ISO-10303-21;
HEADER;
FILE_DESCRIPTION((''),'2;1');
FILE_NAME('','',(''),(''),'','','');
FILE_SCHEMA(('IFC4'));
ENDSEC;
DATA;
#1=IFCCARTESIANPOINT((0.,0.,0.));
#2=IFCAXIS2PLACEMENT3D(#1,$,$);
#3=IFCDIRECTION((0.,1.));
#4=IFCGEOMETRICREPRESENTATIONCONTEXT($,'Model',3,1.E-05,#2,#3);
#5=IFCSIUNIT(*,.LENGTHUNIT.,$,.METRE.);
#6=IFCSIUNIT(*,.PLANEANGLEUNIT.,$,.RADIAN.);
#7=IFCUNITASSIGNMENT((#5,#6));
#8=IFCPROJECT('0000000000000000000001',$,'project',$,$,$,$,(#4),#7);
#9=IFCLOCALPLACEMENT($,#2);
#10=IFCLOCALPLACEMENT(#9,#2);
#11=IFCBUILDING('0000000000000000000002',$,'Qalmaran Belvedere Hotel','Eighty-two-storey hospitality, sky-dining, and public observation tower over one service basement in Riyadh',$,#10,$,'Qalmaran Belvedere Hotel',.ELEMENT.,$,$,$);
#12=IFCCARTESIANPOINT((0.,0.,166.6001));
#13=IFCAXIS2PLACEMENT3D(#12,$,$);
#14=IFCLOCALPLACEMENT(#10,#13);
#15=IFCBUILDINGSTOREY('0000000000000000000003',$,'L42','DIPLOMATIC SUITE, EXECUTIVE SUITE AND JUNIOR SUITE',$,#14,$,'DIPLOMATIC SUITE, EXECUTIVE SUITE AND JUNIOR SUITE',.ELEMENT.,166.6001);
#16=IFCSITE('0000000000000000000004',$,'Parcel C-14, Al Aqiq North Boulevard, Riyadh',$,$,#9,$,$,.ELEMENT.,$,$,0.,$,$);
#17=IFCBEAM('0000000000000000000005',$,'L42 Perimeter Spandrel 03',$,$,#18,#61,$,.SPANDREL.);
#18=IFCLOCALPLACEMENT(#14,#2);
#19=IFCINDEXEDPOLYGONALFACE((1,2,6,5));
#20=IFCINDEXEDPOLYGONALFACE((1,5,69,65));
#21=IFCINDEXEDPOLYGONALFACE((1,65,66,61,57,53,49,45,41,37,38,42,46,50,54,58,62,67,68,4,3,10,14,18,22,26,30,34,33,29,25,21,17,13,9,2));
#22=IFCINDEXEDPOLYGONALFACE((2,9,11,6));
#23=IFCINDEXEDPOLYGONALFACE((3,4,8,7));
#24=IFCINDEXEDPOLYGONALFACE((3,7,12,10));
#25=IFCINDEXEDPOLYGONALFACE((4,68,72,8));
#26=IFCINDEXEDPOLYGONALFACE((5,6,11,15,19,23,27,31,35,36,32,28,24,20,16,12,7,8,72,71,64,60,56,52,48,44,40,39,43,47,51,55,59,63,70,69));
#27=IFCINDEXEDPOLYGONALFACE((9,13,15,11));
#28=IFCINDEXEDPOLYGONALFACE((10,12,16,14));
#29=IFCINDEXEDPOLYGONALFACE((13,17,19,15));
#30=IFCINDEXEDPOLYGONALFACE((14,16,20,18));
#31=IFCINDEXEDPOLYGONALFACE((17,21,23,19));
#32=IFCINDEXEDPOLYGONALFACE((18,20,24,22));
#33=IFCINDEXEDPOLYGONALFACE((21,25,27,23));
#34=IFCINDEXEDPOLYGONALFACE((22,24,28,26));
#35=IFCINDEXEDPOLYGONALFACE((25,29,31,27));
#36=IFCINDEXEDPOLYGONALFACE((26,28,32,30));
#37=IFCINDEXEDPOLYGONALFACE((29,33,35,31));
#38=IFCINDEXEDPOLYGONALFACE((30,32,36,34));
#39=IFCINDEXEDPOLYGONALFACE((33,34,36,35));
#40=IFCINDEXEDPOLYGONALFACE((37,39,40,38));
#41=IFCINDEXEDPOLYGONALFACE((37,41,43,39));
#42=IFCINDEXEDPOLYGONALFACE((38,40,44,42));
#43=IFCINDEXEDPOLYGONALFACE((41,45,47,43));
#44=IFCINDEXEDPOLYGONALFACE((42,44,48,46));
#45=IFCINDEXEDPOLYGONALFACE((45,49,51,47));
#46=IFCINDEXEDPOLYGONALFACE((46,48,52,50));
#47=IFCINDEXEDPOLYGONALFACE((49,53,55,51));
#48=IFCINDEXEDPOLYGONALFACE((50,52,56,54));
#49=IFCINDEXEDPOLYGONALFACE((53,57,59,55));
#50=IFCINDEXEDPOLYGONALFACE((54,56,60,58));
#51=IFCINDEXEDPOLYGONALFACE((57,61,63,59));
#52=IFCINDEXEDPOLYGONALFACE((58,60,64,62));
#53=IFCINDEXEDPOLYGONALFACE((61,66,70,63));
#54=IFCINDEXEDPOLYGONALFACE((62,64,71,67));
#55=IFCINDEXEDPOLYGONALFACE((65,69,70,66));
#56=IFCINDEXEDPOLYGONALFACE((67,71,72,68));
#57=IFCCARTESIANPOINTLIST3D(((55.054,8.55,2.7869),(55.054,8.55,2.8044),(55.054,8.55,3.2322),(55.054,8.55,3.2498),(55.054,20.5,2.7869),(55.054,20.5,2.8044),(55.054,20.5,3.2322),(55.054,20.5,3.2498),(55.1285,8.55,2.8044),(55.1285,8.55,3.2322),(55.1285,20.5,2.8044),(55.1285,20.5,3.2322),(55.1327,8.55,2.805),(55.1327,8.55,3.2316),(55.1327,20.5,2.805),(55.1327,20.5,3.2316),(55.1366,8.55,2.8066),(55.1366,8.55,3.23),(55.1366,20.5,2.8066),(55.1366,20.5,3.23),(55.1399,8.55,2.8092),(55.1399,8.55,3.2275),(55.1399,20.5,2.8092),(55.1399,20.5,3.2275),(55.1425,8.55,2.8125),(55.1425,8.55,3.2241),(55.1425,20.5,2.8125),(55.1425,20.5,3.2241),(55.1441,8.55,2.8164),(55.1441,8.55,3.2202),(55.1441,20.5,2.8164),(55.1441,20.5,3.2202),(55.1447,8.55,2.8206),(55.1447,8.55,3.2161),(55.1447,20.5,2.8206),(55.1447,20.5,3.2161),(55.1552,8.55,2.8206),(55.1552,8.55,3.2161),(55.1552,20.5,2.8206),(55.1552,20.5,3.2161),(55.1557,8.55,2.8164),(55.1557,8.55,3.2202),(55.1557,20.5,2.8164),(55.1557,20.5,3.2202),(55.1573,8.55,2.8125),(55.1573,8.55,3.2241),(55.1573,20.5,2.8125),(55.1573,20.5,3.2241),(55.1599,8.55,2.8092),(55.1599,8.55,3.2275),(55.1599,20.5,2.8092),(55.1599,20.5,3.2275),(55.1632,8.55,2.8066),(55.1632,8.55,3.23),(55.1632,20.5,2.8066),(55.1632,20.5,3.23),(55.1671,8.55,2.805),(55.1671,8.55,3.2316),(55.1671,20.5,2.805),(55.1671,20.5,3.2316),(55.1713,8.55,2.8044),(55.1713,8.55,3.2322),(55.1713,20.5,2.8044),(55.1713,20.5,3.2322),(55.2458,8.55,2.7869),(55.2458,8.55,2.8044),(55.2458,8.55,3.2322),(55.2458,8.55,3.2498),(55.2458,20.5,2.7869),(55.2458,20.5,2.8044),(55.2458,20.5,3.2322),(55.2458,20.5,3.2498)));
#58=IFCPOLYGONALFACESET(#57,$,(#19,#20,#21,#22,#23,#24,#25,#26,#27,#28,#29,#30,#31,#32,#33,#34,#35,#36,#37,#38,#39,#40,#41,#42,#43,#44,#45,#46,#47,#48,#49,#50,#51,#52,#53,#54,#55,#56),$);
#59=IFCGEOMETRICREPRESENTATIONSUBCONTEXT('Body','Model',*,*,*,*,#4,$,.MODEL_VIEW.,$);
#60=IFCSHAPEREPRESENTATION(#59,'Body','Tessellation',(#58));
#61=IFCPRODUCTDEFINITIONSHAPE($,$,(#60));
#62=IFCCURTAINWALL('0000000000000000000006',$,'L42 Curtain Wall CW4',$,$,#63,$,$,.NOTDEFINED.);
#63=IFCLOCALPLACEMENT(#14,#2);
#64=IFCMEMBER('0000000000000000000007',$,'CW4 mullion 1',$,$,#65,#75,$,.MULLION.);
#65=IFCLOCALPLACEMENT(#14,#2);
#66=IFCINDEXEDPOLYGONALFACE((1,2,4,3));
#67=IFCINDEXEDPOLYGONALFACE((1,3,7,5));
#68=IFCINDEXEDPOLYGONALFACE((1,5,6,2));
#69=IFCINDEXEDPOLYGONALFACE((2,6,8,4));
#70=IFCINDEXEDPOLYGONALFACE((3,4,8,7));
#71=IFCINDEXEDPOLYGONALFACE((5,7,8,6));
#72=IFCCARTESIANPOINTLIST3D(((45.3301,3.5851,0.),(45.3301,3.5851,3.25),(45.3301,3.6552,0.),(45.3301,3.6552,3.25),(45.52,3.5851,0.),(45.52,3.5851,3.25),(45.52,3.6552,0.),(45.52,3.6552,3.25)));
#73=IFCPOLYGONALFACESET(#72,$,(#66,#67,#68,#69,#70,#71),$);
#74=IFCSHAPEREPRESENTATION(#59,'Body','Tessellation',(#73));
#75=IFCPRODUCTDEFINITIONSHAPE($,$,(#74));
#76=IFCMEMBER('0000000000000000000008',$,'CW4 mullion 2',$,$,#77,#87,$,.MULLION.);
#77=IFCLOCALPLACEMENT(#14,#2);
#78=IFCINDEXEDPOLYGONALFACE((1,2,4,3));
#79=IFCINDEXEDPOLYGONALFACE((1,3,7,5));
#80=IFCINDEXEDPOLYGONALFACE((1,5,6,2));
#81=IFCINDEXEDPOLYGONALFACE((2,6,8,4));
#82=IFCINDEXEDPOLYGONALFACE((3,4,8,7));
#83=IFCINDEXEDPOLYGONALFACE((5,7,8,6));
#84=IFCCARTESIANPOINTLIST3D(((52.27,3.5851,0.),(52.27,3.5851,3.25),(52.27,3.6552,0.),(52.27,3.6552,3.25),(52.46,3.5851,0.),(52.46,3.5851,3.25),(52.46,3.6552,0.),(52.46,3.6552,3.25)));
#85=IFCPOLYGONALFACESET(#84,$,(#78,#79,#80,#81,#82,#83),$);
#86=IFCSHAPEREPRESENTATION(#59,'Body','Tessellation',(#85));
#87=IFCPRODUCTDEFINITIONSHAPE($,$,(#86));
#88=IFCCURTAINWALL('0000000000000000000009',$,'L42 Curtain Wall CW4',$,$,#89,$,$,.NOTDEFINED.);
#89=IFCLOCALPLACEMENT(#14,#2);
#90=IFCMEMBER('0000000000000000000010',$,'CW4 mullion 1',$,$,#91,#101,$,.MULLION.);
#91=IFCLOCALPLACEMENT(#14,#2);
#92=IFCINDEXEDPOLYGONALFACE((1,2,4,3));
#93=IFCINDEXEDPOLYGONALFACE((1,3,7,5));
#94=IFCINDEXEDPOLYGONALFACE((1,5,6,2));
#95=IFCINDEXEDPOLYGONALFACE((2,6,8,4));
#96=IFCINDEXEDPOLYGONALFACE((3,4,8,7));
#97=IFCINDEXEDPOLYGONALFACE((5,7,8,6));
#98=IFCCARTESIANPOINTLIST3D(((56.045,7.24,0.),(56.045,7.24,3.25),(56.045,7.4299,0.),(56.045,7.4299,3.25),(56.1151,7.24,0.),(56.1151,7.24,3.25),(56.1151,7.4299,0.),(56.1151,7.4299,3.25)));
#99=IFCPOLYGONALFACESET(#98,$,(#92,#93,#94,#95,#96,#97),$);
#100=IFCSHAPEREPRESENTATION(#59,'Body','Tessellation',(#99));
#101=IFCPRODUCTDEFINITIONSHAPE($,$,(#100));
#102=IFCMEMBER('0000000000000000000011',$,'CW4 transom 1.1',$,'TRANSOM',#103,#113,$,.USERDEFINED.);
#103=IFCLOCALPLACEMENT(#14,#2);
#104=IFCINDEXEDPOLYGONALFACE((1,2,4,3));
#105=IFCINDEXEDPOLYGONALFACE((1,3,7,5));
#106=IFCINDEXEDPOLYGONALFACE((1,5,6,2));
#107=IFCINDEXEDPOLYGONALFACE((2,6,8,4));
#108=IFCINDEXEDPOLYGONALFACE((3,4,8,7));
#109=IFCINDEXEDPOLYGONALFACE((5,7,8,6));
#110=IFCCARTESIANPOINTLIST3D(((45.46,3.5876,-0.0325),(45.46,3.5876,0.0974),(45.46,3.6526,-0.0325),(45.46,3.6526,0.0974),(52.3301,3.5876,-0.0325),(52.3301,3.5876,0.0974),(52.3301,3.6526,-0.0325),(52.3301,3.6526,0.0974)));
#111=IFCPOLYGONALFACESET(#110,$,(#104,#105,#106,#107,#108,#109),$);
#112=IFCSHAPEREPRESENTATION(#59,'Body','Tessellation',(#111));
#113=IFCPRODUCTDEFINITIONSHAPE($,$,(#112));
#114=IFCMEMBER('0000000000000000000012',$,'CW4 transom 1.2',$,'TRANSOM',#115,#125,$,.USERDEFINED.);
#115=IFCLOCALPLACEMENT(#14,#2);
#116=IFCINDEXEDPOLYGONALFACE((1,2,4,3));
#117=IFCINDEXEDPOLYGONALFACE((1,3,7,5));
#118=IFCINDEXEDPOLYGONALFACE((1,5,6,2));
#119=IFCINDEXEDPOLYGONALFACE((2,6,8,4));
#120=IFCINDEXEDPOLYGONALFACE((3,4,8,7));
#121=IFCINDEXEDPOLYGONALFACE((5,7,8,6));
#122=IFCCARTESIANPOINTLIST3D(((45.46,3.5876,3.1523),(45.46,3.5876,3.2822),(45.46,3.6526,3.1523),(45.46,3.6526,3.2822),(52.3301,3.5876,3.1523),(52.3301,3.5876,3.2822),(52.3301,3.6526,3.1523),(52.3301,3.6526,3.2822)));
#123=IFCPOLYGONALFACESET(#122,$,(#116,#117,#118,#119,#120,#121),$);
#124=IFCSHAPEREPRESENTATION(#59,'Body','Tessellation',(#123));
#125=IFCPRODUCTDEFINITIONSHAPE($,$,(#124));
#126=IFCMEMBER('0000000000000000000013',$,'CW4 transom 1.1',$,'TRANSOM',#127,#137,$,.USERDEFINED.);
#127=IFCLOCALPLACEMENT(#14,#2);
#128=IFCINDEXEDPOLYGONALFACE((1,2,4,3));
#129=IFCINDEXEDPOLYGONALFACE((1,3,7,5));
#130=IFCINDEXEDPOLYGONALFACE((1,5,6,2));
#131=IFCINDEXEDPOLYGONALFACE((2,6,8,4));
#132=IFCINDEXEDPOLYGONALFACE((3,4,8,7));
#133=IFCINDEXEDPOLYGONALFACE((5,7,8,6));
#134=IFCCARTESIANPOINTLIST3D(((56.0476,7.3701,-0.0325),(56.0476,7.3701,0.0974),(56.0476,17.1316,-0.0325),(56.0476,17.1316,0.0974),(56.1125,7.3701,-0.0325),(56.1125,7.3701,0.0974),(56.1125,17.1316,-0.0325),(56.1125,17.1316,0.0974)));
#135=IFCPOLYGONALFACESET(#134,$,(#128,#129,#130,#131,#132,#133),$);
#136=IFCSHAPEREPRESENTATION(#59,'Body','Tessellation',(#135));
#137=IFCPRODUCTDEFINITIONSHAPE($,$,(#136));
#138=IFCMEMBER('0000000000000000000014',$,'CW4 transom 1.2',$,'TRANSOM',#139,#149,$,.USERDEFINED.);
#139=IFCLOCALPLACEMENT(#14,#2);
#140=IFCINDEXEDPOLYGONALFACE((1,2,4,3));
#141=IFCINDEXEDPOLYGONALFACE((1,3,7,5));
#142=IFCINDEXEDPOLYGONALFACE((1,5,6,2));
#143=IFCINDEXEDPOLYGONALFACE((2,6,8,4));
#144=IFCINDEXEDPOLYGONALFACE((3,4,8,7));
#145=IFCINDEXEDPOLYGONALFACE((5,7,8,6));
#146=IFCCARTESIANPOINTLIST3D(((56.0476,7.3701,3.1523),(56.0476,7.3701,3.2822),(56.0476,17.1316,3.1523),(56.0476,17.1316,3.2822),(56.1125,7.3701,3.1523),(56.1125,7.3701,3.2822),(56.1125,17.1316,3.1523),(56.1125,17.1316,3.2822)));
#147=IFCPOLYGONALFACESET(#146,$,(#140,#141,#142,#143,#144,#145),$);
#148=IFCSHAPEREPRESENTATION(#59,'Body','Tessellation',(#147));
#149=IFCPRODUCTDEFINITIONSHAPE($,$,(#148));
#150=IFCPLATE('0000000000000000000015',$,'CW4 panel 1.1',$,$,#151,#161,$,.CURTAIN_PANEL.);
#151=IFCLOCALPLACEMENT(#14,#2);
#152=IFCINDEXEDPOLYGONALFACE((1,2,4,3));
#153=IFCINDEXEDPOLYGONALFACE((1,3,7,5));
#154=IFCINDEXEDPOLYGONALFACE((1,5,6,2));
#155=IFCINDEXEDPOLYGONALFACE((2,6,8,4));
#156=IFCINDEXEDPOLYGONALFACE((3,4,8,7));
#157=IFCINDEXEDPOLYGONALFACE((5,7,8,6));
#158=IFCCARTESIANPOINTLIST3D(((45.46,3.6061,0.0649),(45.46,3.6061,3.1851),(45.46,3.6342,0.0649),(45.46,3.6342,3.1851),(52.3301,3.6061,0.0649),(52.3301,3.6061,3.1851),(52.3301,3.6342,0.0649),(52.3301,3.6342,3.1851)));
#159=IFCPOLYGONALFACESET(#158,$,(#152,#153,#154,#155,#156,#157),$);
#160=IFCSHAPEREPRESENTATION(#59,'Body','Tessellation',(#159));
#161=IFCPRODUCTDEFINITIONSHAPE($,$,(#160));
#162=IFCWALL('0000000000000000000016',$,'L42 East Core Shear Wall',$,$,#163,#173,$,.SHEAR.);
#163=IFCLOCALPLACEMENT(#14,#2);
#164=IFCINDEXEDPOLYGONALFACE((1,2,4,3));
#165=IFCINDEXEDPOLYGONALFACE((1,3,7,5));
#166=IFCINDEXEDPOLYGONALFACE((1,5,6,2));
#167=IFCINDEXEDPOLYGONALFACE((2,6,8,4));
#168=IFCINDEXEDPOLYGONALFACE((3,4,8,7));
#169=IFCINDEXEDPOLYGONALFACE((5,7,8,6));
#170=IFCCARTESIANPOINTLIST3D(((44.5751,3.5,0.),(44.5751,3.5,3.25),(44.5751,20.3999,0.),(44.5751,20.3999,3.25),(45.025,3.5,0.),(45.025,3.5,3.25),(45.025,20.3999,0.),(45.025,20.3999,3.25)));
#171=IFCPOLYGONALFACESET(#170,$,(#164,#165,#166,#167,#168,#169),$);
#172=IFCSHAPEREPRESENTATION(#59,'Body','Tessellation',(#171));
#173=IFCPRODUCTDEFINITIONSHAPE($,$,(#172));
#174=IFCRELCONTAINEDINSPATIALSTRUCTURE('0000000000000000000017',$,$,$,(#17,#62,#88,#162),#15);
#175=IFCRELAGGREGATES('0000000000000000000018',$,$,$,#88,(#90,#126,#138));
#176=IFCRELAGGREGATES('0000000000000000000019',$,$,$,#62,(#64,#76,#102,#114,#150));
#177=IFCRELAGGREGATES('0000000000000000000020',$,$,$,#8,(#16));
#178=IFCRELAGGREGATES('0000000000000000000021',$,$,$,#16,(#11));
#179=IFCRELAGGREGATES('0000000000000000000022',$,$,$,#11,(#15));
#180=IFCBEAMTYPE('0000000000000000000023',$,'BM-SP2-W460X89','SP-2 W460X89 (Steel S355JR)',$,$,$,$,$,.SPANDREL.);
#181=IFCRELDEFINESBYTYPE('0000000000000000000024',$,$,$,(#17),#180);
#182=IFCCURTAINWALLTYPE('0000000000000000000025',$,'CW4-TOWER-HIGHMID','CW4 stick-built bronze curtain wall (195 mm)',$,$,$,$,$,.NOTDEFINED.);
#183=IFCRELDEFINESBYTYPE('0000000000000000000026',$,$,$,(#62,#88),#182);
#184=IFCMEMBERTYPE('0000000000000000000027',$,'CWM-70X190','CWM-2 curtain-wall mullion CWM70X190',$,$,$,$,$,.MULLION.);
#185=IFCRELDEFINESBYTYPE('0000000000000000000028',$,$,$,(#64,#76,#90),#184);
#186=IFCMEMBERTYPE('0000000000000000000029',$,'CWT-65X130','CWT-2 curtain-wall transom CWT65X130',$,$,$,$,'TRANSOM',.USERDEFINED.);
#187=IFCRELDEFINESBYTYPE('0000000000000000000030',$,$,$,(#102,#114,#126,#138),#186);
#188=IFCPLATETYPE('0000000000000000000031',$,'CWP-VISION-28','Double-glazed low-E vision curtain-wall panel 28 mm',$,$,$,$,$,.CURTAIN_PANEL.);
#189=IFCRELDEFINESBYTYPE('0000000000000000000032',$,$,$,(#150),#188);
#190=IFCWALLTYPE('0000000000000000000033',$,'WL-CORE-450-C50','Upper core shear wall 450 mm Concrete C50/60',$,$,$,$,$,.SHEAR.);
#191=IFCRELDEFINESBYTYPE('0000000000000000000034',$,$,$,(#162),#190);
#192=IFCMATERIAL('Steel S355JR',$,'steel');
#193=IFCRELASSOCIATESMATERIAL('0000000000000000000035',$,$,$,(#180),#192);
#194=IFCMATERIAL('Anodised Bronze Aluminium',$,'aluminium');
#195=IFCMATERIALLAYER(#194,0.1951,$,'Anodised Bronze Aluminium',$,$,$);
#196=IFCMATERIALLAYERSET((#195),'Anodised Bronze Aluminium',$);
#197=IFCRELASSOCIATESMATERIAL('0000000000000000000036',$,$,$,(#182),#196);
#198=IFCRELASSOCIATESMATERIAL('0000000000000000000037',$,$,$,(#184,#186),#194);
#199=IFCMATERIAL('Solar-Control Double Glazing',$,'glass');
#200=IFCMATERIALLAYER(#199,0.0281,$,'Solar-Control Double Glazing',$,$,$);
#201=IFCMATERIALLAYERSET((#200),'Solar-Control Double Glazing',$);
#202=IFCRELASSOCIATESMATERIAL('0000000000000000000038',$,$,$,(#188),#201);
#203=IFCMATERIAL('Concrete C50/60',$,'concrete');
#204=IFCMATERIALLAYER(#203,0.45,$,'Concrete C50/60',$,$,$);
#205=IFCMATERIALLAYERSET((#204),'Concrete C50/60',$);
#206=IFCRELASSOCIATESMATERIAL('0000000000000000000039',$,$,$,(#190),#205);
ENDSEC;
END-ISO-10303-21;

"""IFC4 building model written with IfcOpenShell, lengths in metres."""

from ifc_helpers import new_model, si_unit, direction, frame, frame_2d, origin, origin_2d, place, context, subcontext, project, spatial, rectangle, i_section, extrude, material, layer, layer_set, material_profile, profile_set, type_object, element, aggregate, save


model = new_model("IFC4")

# Units and contexts
model_context = context("Model", 3, precision=1e-05, world=origin(), true_north=direction((0.0, 1.0)))
body_context = subcontext(model_context, "Body", "Model", "MODEL_VIEW")
ifc_project = project(units=[si_unit("LENGTHUNIT", "METRE"), si_unit("PLANEANGLEUNIT", "RADIAN")], contexts=[model_context])

# Site, building, storey
site_placement = place(None, origin())
site = spatial("IfcSite", under=ifc_project, at=site_placement, Name="Parcel C-14, Al Aqiq North Boulevard, Riyadh", CompositionType="ELEMENT", RefElevation=0.0)
building_placement = place(site_placement, origin())
building = spatial("IfcBuilding", under=site, at=building_placement, Name="Qalmaran Belvedere Hotel", Description="Eighty-two-storey hospitality, sky-dining, and public observation tower over one service basement in Riyadh", LongName="Qalmaran Belvedere Hotel", CompositionType="ELEMENT")
storey_placement = place(building_placement, frame((0.0, 0.0, 166.6001)))
storey = spatial("IfcBuildingStorey", under=building, at=storey_placement, Name="L42", Description="DIPLOMATIC SUITE, EXECUTIVE SUITE AND JUNIOR SUITE", LongName="DIPLOMATIC SUITE, EXECUTIVE SUITE AND JUNIOR SUITE", CompositionType="ELEMENT", Elevation=166.6001)

# Shared definitions
ifc_material_1 = material(Name="Concrete C50/60", Category="concrete")

# Beam
ifc_material_2 = material(Name="Steel S355JR", Category="steel")
ifc_material_profile_1 = material_profile(ifc_material_2, i_section(OverallWidth=0.1919, OverallDepth=0.4629, WebThickness=0.0105, FlangeThickness=0.0176, FilletRadius=0.0161, at=origin_2d()), Name="W460X89")
ifc_profile_set_1 = profile_set([ifc_material_profile_1], Name="Steel S355JR")
beam_type_1 = type_object("IfcBeamType", Name="BM-SP2-W460X89", Description="SP-2 W460X89 (Steel S355JR)", PredefinedType="SPANDREL", material=ifc_profile_set_1)
beam_1_placement = place(storey_placement, frame((55.1499, 8.55, 3.0183), z_axis=(0.0, 1.0, 0.0), x_axis=(-1.0, 0.0, 0.0)))
element("IfcBeam", 1, at=beam_1_placement, inside=storey, type_object=beam_type_1, Name="L42 Perimeter Spandrel 03", PredefinedType="SPANDREL", context=body_context, shape_type="SweptSolid", body=[
    extrude(i_section(OverallWidth=0.1919, OverallDepth=0.4629, WebThickness=0.0105, FlangeThickness=0.0176, FilletRadius=0.0161, at=origin_2d()), origin(), (0.0, 0.0, 1.0), 11.95),
])

# Curtain wall, members
ifc_material_3 = material(Name="Anodised Bronze Aluminium", Category="aluminium")
ifc_layer_1 = layer(ifc_material_3, 0.1951, Name="Anodised Bronze Aluminium")
ifc_layer_set_1 = layer_set([ifc_layer_1], Name="Anodised Bronze Aluminium")
curtain_wall_type = type_object("IfcCurtainWallType", Name="CW4-TOWER-HIGHMID", Description="CW4 stick-built bronze curtain wall (195 mm)", PredefinedType="NOTDEFINED", material=ifc_layer_set_1)
curtain_wall_1_placement = place(storey_placement, origin())
curtain_wall_1 = element("IfcCurtainWall", 2, at=curtain_wall_1_placement, inside=storey, type_object=curtain_wall_type, Name="L42 Curtain Wall CW4", PredefinedType="NOTDEFINED")
ifc_material_profile_2 = material_profile(ifc_material_3, rectangle(XDim=0.0701, YDim=0.1899, at=origin_2d()), Name="CWM70X190")
ifc_profile_set_2 = profile_set([ifc_material_profile_2], Name="Anodised Bronze Aluminium")
member_type_1 = type_object("IfcMemberType", Name="CWM-70X190", Description="CWM-2 curtain-wall mullion CWM70X190", PredefinedType="MULLION", material=ifc_profile_set_2)
member_1_placement = place(storey_placement, frame((45.425, 3.6201, 0.0), z_axis=(0.0, 0.0, 1.0), x_axis=(0.0, 1.0, 0.0)))
member_1 = element("IfcMember", 3, at=member_1_placement, type_object=member_type_1, Name="CW4 mullion 1", PredefinedType="MULLION", context=body_context, shape_type="SweptSolid", body=[
    extrude(rectangle(XDim=0.0701, YDim=0.1899, at=origin_2d()), origin(), (0.0, 0.0, 1.0), 3.25),
])
member_2_placement = place(storey_placement, frame((52.365, 3.6201, 0.0), z_axis=(0.0, 0.0, 1.0), x_axis=(0.0, 1.0, 0.0)))
member_2 = element("IfcMember", 4, at=member_2_placement, type_object=member_type_1, Name="CW4 mullion 2", PredefinedType="MULLION", context=body_context, shape_type="SweptSolid", body=[
    extrude(rectangle(XDim=0.0701, YDim=0.1899, at=origin_2d()), origin(), (0.0, 0.0, 1.0), 3.25),
])

# Curtain wall, member
curtain_wall_2_placement = place(storey_placement, origin())
curtain_wall_2 = element("IfcCurtainWall", 5, at=curtain_wall_2_placement, inside=storey, type_object=curtain_wall_type, Name="L42 Curtain Wall CW4", PredefinedType="NOTDEFINED")
member_3_placement = place(storey_placement, frame((56.0801, 7.335, 0.0), z_axis=(0.0, 0.0, 1.0), x_axis=(-1.0, 0.0, 0.0)))
member_3 = element("IfcMember", 6, at=member_3_placement, type_object=member_type_1, Name="CW4 mullion 1", PredefinedType="MULLION", context=body_context, shape_type="SweptSolid", body=[
    extrude(rectangle(XDim=0.0701, YDim=0.1899, at=origin_2d()), origin(), (0.0, 0.0, 1.0), 3.25),
])

# Members
ifc_material_profile_3 = material_profile(ifc_material_3, rectangle(XDim=0.0649, YDim=0.1299, at=origin_2d()), Name="CWT65X130")
ifc_profile_set_3 = profile_set([ifc_material_profile_3], Name="Anodised Bronze Aluminium")
member_type_2 = type_object("IfcMemberType", Name="CWT-65X130", Description="CWT-2 curtain-wall transom CWT65X130", ElementType="TRANSOM", PredefinedType="USERDEFINED", material=ifc_profile_set_3)
member_4_placement = place(storey_placement, frame((45.46, 3.6201, 0.0325), z_axis=(1.0, 0.0, 0.0), x_axis=(0.0, 1.0, 0.0)))
member_4 = element("IfcMember", 7, at=member_4_placement, type_object=member_type_2, Name="CW4 transom 1.1", ObjectType="TRANSOM", PredefinedType="USERDEFINED", context=body_context, shape_type="SweptSolid", body=[
    extrude(rectangle(XDim=0.0649, YDim=0.1299, at=origin_2d()), origin(), (0.0, 0.0, 1.0), 6.8701),
])
member_5_placement = place(storey_placement, frame((45.46, 3.6201, 3.2173), z_axis=(1.0, 0.0, 0.0), x_axis=(0.0, 1.0, 0.0)))
member_5 = element("IfcMember", 8, at=member_5_placement, type_object=member_type_2, Name="CW4 transom 1.2", ObjectType="TRANSOM", PredefinedType="USERDEFINED", context=body_context, shape_type="SweptSolid", body=[
    extrude(rectangle(XDim=0.0649, YDim=0.1299, at=origin_2d()), origin(), (0.0, 0.0, 1.0), 6.8701),
])
member_6_placement = place(storey_placement, frame((56.0801, 7.3701, 0.0325), z_axis=(0.0, 1.0, 0.0), x_axis=(-1.0, 0.0, 0.0)))
member_6 = element("IfcMember", 9, at=member_6_placement, type_object=member_type_2, Name="CW4 transom 1.1", ObjectType="TRANSOM", PredefinedType="USERDEFINED", context=body_context, shape_type="SweptSolid", body=[
    extrude(rectangle(XDim=0.0649, YDim=0.1299, at=origin_2d()), origin(), (0.0, 0.0, 1.0), 9.7615),
])
member_7_placement = place(storey_placement, frame((56.0801, 7.3701, 3.2173), z_axis=(0.0, 1.0, 0.0), x_axis=(-1.0, 0.0, 0.0)))
member_7 = element("IfcMember", 10, at=member_7_placement, type_object=member_type_2, Name="CW4 transom 1.2", ObjectType="TRANSOM", PredefinedType="USERDEFINED", context=body_context, shape_type="SweptSolid", body=[
    extrude(rectangle(XDim=0.0649, YDim=0.1299, at=origin_2d()), origin(), (0.0, 0.0, 1.0), 9.7615),
])
aggregate(curtain_wall_2, [member_3, member_6, member_7])

# Plate
ifc_material_4 = material(Name="Solar-Control Double Glazing", Category="glass")
ifc_layer_2 = layer(ifc_material_4, 0.0281, Name="Solar-Control Double Glazing")
ifc_layer_set_2 = layer_set([ifc_layer_2], Name="Solar-Control Double Glazing")
plate_type = type_object("IfcPlateType", Name="CWP-VISION-28", Description="Double-glazed low-E vision curtain-wall panel 28 mm", PredefinedType="CURTAIN_PANEL", material=ifc_layer_set_2)
plate_placement = place(storey_placement, frame((48.895, 3.6201, 0.0649), z_axis=(0.0, 0.0, 1.0), x_axis=(1.0, 0.0, 0.0)))
plate = element("IfcPlate", 11, at=plate_placement, type_object=plate_type, Name="CW4 panel 1.1", PredefinedType="CURTAIN_PANEL", context=body_context, shape_type="SweptSolid", body=[
    extrude(rectangle(XDim=6.8701, YDim=0.0281, at=origin_2d()), origin(), (0.0, 0.0, 1.0), 3.1201),
])
aggregate(curtain_wall_1, [member_1, member_2, member_4, member_5, plate])

# Wall
ifc_layer_3 = layer(ifc_material_1, 0.45, Name="Concrete C50/60")
ifc_layer_set_3 = layer_set([ifc_layer_3], Name="Concrete C50/60")
wall_type_1 = type_object("IfcWallType", Name="WL-CORE-450-C50", Description="Upper core shear wall 450 mm Concrete C50/60", PredefinedType="SHEAR", material=ifc_layer_set_3)
wall_1_placement = place(storey_placement, frame((44.8, 3.5, 0.0), z_axis=(0.0, 0.0, 1.0), x_axis=(0.0, 1.0, 0.0)))
element("IfcWall", 12, at=wall_1_placement, inside=storey, type_object=wall_type_1, Name="L42 East Core Shear Wall", PredefinedType="SHEAR", context=body_context, shape_type="SweptSolid", body=[
    extrude(rectangle(XDim=16.8999, YDim=0.45, at=frame_2d((8.45, 0.0))), origin(), (0.0, 0.0, 1.0), 3.25),
])

save(model, "model.ifc")
